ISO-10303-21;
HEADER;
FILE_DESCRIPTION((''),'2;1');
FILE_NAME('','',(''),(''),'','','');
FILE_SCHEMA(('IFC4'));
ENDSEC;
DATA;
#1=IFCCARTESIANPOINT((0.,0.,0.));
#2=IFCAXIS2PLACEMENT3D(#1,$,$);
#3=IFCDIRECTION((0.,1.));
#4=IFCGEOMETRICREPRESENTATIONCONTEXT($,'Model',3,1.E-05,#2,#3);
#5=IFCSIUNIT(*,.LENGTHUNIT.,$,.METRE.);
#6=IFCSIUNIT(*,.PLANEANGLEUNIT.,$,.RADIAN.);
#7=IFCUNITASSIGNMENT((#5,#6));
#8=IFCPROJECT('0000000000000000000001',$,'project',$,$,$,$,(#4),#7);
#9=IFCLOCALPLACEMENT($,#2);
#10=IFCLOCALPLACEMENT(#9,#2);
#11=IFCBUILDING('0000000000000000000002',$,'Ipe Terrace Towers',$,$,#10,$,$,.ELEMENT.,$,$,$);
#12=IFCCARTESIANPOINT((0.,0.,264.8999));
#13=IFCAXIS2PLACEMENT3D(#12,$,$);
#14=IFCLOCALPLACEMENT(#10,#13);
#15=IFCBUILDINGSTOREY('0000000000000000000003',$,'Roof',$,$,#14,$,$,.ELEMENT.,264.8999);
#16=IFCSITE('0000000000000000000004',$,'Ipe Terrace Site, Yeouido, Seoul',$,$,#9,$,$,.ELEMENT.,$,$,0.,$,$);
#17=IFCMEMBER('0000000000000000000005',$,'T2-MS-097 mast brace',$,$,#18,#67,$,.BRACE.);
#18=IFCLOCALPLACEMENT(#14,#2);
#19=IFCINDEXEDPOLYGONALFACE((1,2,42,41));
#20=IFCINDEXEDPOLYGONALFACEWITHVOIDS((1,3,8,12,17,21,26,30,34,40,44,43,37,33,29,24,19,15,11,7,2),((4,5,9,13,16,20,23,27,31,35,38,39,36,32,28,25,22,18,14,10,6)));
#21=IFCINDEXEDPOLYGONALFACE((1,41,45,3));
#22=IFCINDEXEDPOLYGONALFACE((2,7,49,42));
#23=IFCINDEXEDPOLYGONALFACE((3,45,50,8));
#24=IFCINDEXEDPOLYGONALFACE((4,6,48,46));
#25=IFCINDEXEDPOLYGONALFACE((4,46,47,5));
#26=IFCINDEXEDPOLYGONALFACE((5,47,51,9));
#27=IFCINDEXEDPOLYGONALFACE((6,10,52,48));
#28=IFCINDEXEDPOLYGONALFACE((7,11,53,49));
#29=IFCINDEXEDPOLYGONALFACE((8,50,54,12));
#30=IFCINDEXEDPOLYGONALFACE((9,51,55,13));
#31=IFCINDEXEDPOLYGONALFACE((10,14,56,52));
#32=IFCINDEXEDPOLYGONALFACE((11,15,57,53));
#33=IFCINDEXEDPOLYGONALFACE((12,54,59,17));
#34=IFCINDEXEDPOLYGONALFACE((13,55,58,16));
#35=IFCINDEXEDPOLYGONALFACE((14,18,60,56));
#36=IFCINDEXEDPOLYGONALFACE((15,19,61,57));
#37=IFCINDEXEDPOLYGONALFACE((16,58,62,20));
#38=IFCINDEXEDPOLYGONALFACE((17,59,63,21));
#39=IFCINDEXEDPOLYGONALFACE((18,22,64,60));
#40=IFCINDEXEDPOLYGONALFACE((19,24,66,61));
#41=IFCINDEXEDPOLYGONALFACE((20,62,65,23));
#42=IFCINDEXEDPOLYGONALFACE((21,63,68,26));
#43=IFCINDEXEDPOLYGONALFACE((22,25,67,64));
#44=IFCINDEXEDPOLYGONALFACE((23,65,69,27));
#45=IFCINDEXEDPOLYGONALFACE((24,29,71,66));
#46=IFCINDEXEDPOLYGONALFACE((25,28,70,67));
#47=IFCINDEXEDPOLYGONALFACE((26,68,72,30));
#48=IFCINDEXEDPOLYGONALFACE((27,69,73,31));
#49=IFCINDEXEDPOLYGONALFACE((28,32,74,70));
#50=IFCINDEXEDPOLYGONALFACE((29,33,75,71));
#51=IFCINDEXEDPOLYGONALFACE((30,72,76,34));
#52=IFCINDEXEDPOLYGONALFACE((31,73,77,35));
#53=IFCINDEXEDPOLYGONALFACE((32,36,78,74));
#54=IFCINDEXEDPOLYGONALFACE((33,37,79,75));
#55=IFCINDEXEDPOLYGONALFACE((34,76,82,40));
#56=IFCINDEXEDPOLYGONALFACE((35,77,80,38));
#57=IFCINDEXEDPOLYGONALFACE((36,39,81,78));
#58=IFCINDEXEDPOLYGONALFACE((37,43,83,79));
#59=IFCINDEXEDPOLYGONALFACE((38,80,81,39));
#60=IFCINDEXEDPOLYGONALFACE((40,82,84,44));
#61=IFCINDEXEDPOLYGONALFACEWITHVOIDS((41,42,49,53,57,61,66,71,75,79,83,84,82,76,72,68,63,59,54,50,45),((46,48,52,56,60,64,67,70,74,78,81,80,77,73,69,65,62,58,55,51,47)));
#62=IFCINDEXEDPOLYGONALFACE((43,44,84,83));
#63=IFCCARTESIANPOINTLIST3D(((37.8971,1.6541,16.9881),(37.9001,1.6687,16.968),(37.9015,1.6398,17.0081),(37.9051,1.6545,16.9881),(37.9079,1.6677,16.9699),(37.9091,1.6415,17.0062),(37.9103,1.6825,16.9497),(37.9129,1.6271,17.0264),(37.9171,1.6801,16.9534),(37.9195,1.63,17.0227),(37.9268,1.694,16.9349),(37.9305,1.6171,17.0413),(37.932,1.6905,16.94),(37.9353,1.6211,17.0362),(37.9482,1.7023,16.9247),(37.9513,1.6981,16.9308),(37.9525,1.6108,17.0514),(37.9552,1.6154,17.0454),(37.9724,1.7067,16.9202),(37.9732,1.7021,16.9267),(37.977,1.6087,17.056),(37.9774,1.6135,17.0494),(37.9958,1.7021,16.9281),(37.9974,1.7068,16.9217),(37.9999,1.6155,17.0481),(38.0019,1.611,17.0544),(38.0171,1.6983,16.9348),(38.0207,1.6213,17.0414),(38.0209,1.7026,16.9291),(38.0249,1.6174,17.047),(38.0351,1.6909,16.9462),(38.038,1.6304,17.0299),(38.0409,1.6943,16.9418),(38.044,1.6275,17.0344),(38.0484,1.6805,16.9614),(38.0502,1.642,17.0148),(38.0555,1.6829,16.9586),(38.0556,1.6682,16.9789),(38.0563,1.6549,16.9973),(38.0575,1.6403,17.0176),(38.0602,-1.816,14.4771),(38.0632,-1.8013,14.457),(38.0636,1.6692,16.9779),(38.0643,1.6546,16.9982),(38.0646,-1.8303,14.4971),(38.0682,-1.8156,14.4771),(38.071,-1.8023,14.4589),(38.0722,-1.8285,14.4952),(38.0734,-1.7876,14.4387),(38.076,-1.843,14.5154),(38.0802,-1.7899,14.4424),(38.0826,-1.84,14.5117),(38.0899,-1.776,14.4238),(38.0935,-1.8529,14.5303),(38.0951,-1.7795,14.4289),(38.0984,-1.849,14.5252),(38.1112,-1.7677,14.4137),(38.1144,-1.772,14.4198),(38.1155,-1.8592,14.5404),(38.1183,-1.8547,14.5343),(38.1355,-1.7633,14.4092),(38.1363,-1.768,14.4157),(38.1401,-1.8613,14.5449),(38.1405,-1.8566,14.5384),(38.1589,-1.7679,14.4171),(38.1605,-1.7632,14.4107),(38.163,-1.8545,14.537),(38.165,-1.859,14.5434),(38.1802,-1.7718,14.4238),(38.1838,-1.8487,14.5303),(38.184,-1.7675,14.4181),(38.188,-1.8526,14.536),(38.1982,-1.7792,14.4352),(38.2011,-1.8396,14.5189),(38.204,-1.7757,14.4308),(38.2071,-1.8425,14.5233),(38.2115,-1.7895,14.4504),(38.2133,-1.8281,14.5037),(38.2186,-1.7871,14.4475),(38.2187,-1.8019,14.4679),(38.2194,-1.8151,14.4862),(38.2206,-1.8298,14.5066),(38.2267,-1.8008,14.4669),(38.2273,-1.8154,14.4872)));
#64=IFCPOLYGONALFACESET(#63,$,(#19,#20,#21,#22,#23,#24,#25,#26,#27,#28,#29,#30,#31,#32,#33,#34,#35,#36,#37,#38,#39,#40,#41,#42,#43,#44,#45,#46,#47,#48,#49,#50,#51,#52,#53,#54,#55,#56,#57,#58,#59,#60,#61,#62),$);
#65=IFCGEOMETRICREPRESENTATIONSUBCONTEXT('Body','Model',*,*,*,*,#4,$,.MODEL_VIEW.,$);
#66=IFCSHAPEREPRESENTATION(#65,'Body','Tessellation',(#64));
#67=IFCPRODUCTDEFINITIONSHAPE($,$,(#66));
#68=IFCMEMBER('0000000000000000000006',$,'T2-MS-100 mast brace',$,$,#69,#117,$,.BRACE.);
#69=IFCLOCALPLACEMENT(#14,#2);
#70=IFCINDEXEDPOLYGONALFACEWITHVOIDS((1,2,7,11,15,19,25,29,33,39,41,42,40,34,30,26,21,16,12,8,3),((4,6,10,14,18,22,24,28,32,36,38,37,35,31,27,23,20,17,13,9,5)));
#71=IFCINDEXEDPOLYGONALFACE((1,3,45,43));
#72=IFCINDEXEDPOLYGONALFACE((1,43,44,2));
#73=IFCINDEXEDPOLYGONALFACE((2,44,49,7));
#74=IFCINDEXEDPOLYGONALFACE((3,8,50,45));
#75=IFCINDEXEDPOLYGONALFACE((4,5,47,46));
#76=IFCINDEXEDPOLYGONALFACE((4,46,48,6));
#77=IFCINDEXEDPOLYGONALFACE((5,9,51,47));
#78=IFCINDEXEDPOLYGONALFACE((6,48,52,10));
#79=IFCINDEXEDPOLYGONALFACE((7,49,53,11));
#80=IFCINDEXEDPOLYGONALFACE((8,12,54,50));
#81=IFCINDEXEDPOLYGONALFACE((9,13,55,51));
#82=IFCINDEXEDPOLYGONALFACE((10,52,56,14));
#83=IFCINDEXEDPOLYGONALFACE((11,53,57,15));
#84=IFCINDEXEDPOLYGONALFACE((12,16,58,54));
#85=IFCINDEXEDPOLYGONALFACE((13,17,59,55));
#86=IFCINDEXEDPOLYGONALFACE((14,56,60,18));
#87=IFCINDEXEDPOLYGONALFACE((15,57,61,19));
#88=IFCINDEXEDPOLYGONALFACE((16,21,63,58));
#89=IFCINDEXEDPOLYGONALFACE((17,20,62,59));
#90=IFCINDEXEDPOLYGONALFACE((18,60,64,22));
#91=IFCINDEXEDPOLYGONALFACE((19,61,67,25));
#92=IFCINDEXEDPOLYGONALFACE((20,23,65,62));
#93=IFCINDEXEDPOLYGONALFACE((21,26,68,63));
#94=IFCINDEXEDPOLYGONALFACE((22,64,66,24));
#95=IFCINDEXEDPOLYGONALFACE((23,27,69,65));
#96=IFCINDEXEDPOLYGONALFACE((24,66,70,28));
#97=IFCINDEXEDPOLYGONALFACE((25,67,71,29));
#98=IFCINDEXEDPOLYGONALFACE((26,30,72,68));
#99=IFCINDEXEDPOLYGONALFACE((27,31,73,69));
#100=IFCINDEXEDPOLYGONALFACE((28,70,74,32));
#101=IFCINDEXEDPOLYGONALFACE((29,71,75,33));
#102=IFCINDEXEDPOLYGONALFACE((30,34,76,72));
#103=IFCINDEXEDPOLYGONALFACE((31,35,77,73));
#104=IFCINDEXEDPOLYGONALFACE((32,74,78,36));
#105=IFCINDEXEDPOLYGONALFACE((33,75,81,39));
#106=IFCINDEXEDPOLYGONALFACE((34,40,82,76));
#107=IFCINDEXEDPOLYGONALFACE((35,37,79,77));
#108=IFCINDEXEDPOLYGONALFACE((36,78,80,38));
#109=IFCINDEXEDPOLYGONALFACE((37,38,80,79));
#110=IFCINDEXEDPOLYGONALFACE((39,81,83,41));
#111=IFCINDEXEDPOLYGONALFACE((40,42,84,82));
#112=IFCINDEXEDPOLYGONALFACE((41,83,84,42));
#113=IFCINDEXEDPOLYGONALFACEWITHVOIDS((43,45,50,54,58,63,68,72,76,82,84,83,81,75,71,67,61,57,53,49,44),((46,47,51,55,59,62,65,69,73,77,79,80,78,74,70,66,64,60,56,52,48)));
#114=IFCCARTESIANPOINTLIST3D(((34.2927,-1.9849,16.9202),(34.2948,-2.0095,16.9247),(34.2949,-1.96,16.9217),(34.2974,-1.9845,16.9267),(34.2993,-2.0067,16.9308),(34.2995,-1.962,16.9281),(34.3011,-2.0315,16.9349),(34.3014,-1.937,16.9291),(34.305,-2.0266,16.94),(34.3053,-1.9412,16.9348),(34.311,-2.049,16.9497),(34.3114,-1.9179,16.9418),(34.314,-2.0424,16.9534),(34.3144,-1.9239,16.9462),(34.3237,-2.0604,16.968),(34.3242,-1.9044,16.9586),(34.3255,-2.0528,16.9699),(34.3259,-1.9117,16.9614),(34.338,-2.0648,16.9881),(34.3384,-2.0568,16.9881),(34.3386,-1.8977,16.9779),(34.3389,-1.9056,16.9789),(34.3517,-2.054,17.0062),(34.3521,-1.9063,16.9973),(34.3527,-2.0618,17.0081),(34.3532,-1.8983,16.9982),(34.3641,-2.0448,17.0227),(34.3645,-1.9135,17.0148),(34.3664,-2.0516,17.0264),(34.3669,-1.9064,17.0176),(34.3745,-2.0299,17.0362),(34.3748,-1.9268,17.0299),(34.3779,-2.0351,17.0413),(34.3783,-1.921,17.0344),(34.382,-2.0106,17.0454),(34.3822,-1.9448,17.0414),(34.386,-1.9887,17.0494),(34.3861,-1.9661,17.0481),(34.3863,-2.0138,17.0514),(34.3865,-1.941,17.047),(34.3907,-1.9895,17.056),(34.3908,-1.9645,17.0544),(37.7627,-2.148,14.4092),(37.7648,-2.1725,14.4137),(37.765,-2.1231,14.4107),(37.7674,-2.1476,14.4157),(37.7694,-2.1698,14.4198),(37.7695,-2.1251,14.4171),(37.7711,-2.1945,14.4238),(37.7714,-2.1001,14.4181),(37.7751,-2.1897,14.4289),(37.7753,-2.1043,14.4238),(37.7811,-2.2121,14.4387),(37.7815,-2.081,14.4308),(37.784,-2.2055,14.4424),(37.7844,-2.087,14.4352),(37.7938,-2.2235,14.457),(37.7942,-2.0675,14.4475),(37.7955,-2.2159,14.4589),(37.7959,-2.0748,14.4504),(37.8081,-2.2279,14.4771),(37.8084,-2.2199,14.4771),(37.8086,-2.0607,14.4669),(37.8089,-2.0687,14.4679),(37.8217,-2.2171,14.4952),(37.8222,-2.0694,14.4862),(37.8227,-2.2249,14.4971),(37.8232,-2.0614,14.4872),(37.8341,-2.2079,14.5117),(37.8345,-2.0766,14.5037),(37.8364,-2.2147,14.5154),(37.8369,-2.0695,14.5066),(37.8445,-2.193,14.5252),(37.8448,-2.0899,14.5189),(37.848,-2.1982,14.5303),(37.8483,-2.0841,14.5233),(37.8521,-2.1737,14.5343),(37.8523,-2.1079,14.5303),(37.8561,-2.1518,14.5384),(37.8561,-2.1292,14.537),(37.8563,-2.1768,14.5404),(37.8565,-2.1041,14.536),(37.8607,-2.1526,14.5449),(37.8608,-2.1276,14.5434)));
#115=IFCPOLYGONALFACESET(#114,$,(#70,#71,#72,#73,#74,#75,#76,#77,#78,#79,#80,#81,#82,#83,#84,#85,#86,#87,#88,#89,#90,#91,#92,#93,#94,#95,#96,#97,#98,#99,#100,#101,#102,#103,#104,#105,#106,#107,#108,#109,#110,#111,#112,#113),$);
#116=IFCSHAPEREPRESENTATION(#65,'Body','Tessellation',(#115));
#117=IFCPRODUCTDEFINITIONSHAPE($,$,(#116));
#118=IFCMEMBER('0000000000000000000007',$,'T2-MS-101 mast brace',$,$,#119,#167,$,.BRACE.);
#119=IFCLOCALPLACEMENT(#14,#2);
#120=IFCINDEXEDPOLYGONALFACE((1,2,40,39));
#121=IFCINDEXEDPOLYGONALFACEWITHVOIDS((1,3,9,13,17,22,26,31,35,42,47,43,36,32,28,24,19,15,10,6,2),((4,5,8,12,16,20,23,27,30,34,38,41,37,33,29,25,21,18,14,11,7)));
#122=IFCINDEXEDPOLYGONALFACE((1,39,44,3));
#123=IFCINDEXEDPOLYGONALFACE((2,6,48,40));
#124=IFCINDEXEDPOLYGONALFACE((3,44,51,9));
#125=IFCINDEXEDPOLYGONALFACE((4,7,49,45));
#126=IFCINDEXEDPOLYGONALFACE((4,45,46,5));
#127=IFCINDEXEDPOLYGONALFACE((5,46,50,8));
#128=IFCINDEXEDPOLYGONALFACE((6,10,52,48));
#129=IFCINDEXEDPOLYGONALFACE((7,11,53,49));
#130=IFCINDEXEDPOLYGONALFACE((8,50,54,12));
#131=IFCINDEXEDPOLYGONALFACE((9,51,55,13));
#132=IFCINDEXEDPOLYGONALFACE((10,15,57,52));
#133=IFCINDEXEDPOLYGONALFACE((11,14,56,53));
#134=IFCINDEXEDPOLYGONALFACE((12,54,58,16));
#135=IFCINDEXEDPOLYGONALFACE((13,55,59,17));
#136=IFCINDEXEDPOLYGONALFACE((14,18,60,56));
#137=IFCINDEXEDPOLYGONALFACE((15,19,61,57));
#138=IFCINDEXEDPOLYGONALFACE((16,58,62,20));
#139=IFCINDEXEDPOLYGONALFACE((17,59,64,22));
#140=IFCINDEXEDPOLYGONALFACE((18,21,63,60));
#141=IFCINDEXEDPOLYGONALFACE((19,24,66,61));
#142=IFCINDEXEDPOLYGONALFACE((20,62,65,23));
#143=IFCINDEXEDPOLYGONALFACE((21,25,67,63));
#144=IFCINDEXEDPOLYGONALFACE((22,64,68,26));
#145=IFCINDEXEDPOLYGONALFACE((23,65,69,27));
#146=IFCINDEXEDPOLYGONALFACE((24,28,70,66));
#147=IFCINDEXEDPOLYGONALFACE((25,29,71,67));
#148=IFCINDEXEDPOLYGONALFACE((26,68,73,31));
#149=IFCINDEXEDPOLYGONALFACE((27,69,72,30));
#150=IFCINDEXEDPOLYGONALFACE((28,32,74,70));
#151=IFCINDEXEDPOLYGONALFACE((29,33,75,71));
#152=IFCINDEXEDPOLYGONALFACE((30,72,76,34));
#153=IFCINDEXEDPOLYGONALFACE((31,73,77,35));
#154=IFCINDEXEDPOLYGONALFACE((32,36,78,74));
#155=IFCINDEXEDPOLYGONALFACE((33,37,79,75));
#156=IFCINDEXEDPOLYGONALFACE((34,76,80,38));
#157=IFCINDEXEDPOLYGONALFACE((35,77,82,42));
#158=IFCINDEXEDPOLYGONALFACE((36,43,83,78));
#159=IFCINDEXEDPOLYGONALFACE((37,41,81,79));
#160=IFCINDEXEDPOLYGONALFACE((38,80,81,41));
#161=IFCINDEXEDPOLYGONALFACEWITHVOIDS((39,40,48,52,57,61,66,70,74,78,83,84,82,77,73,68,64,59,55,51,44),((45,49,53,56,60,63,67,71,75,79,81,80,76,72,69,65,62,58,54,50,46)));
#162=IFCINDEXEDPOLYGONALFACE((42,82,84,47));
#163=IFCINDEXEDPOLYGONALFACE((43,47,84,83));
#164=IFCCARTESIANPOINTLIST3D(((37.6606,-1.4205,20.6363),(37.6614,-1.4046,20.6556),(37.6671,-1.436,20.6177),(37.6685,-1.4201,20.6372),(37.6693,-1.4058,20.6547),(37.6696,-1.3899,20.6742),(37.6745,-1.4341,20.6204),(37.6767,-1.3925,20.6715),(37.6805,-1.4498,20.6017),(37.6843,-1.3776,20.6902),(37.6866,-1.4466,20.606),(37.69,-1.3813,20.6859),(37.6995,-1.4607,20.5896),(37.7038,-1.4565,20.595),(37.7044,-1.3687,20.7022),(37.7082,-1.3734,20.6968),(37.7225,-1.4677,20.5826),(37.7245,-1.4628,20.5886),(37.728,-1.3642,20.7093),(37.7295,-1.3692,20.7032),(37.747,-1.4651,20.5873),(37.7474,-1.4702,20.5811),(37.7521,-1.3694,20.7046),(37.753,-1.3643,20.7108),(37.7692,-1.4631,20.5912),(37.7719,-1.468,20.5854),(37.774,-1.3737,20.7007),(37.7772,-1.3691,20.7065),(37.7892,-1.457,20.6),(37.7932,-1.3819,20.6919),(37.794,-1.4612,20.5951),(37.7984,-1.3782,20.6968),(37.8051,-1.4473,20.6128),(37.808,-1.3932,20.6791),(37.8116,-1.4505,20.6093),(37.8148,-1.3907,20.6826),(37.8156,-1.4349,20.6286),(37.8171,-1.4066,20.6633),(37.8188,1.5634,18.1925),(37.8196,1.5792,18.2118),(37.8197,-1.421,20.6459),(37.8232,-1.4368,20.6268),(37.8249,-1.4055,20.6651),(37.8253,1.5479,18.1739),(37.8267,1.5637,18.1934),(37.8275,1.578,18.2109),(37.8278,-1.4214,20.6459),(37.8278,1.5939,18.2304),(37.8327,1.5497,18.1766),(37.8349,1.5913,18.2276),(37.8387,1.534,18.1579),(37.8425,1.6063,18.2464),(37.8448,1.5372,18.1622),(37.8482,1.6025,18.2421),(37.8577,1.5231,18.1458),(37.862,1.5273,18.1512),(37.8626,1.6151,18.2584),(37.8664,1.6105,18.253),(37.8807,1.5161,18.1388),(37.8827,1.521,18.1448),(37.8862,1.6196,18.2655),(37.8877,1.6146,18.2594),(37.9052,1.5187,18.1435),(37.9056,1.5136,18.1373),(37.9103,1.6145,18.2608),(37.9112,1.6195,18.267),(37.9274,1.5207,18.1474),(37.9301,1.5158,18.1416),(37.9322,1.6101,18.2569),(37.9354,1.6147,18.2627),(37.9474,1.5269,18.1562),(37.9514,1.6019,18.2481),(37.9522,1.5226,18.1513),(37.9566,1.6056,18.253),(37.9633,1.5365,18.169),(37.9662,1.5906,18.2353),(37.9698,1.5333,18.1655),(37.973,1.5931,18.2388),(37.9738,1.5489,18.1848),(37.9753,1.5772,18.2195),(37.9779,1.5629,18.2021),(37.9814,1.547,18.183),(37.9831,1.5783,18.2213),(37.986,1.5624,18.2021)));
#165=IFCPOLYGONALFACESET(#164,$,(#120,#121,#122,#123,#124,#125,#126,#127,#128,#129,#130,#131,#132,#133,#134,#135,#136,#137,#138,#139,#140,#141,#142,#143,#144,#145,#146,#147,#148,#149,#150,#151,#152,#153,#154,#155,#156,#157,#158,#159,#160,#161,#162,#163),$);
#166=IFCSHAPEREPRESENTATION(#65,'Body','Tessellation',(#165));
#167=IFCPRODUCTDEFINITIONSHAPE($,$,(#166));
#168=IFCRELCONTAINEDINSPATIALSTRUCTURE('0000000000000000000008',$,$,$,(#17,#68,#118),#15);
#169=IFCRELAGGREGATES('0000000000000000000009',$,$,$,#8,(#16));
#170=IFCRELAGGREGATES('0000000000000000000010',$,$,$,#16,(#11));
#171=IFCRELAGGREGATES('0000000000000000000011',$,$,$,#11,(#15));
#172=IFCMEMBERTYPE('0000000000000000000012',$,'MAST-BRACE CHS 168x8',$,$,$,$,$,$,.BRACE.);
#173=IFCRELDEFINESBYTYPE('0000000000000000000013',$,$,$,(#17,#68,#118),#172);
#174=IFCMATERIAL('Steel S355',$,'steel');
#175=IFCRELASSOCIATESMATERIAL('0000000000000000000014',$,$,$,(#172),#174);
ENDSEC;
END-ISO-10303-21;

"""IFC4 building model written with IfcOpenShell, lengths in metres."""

from ifc_helpers import new_model, si_unit, direction, frame, origin, origin_2d, place, context, subcontext, project, spatial, hollow_circle, extrude, material, material_profile, profile_set, type_object, element, save


model = new_model("IFC4")

# Units and contexts
model_context = context("Model", 3, precision=1e-05, world=origin(), true_north=direction((0.0, 1.0)))
body_context = subcontext(model_context, "Body", "Model", "MODEL_VIEW")
ifc_project = project(units=[si_unit("LENGTHUNIT", "METRE"), si_unit("PLANEANGLEUNIT", "RADIAN")], contexts=[model_context])

# Site, building, storey
site_placement = place(None, origin())
site = spatial("IfcSite", under=ifc_project, at=site_placement, Name="Ipe Terrace Site, Yeouido, Seoul", CompositionType="ELEMENT", RefElevation=0.0)
building_placement = place(site_placement, origin())
building = spatial("IfcBuilding", under=site, at=building_placement, Name="Ipe Terrace Towers", CompositionType="ELEMENT")
storey_placement = place(building_placement, frame((0.0, 0.0, 264.8999)))
storey = spatial("IfcBuildingStorey", under=building, at=storey_placement, Name="Roof", CompositionType="ELEMENT", Elevation=264.8999)

# Members
ifc_material_1 = material(Name="Steel S355", Category="steel")
ifc_material_profile_1 = material_profile(ifc_material_1, hollow_circle(Radius=0.084, WallThickness=0.0081, at=origin_2d()), Name="MAST-BRACE CHS 168x8")
ifc_profile_set_1 = profile_set([ifc_material_profile_1], Name="Steel S355")
member_type_1 = type_object("IfcMemberType", Name="MAST-BRACE CHS 168x8", PredefinedType="BRACE", material=ifc_profile_set_1)
for number, where, z_axis, x_axis, name in (
    (1, (38.144, -1.812, 14.4771), (-0.038048, 0.80955, 0.585817), (-0.998897, -0.046947, 0.0), "T2-MS-097 mast brace"),
    (2, (37.812, -2.144, 14.4771), (-0.80955, 0.038048, 0.585817), (-0.046947, -0.998897, 0.0), "T2-MS-100 mast brace"),
):
    element("IfcMember", number, at=place(storey_placement, frame(where, z_axis=z_axis, x_axis=x_axis)), inside=storey, type_object=member_type_1, Name=name, PredefinedType="BRACE", context=body_context, shape_type="SweptSolid", body=[
        extrude(hollow_circle(Radius=0.084, WallThickness=0.0081, at=origin_2d()), origin(), (0.0, 0.0, 1.0), 4.2864),
    ])
for number, where, z_axis, x_axis, name in (
    (3, (37.9021, 1.5669, 18.2021), (-0.040983, -0.772991, 0.633091), (0.998597, -0.052945, 0.0), "T2-MS-101 mast brace"),
):
    element("IfcMember", number, at=place(storey_placement, frame(where, z_axis=z_axis, x_axis=x_axis)), inside=storey, type_object=member_type_1, Name=name, PredefinedType="BRACE", context=body_context, shape_type="SweptSolid", body=[
        extrude(hollow_circle(Radius=0.084, WallThickness=0.0081, at=origin_2d()), origin(), (0.0, 0.0, 1.0), 3.8601),
    ])

save(model, "model.ifc")
